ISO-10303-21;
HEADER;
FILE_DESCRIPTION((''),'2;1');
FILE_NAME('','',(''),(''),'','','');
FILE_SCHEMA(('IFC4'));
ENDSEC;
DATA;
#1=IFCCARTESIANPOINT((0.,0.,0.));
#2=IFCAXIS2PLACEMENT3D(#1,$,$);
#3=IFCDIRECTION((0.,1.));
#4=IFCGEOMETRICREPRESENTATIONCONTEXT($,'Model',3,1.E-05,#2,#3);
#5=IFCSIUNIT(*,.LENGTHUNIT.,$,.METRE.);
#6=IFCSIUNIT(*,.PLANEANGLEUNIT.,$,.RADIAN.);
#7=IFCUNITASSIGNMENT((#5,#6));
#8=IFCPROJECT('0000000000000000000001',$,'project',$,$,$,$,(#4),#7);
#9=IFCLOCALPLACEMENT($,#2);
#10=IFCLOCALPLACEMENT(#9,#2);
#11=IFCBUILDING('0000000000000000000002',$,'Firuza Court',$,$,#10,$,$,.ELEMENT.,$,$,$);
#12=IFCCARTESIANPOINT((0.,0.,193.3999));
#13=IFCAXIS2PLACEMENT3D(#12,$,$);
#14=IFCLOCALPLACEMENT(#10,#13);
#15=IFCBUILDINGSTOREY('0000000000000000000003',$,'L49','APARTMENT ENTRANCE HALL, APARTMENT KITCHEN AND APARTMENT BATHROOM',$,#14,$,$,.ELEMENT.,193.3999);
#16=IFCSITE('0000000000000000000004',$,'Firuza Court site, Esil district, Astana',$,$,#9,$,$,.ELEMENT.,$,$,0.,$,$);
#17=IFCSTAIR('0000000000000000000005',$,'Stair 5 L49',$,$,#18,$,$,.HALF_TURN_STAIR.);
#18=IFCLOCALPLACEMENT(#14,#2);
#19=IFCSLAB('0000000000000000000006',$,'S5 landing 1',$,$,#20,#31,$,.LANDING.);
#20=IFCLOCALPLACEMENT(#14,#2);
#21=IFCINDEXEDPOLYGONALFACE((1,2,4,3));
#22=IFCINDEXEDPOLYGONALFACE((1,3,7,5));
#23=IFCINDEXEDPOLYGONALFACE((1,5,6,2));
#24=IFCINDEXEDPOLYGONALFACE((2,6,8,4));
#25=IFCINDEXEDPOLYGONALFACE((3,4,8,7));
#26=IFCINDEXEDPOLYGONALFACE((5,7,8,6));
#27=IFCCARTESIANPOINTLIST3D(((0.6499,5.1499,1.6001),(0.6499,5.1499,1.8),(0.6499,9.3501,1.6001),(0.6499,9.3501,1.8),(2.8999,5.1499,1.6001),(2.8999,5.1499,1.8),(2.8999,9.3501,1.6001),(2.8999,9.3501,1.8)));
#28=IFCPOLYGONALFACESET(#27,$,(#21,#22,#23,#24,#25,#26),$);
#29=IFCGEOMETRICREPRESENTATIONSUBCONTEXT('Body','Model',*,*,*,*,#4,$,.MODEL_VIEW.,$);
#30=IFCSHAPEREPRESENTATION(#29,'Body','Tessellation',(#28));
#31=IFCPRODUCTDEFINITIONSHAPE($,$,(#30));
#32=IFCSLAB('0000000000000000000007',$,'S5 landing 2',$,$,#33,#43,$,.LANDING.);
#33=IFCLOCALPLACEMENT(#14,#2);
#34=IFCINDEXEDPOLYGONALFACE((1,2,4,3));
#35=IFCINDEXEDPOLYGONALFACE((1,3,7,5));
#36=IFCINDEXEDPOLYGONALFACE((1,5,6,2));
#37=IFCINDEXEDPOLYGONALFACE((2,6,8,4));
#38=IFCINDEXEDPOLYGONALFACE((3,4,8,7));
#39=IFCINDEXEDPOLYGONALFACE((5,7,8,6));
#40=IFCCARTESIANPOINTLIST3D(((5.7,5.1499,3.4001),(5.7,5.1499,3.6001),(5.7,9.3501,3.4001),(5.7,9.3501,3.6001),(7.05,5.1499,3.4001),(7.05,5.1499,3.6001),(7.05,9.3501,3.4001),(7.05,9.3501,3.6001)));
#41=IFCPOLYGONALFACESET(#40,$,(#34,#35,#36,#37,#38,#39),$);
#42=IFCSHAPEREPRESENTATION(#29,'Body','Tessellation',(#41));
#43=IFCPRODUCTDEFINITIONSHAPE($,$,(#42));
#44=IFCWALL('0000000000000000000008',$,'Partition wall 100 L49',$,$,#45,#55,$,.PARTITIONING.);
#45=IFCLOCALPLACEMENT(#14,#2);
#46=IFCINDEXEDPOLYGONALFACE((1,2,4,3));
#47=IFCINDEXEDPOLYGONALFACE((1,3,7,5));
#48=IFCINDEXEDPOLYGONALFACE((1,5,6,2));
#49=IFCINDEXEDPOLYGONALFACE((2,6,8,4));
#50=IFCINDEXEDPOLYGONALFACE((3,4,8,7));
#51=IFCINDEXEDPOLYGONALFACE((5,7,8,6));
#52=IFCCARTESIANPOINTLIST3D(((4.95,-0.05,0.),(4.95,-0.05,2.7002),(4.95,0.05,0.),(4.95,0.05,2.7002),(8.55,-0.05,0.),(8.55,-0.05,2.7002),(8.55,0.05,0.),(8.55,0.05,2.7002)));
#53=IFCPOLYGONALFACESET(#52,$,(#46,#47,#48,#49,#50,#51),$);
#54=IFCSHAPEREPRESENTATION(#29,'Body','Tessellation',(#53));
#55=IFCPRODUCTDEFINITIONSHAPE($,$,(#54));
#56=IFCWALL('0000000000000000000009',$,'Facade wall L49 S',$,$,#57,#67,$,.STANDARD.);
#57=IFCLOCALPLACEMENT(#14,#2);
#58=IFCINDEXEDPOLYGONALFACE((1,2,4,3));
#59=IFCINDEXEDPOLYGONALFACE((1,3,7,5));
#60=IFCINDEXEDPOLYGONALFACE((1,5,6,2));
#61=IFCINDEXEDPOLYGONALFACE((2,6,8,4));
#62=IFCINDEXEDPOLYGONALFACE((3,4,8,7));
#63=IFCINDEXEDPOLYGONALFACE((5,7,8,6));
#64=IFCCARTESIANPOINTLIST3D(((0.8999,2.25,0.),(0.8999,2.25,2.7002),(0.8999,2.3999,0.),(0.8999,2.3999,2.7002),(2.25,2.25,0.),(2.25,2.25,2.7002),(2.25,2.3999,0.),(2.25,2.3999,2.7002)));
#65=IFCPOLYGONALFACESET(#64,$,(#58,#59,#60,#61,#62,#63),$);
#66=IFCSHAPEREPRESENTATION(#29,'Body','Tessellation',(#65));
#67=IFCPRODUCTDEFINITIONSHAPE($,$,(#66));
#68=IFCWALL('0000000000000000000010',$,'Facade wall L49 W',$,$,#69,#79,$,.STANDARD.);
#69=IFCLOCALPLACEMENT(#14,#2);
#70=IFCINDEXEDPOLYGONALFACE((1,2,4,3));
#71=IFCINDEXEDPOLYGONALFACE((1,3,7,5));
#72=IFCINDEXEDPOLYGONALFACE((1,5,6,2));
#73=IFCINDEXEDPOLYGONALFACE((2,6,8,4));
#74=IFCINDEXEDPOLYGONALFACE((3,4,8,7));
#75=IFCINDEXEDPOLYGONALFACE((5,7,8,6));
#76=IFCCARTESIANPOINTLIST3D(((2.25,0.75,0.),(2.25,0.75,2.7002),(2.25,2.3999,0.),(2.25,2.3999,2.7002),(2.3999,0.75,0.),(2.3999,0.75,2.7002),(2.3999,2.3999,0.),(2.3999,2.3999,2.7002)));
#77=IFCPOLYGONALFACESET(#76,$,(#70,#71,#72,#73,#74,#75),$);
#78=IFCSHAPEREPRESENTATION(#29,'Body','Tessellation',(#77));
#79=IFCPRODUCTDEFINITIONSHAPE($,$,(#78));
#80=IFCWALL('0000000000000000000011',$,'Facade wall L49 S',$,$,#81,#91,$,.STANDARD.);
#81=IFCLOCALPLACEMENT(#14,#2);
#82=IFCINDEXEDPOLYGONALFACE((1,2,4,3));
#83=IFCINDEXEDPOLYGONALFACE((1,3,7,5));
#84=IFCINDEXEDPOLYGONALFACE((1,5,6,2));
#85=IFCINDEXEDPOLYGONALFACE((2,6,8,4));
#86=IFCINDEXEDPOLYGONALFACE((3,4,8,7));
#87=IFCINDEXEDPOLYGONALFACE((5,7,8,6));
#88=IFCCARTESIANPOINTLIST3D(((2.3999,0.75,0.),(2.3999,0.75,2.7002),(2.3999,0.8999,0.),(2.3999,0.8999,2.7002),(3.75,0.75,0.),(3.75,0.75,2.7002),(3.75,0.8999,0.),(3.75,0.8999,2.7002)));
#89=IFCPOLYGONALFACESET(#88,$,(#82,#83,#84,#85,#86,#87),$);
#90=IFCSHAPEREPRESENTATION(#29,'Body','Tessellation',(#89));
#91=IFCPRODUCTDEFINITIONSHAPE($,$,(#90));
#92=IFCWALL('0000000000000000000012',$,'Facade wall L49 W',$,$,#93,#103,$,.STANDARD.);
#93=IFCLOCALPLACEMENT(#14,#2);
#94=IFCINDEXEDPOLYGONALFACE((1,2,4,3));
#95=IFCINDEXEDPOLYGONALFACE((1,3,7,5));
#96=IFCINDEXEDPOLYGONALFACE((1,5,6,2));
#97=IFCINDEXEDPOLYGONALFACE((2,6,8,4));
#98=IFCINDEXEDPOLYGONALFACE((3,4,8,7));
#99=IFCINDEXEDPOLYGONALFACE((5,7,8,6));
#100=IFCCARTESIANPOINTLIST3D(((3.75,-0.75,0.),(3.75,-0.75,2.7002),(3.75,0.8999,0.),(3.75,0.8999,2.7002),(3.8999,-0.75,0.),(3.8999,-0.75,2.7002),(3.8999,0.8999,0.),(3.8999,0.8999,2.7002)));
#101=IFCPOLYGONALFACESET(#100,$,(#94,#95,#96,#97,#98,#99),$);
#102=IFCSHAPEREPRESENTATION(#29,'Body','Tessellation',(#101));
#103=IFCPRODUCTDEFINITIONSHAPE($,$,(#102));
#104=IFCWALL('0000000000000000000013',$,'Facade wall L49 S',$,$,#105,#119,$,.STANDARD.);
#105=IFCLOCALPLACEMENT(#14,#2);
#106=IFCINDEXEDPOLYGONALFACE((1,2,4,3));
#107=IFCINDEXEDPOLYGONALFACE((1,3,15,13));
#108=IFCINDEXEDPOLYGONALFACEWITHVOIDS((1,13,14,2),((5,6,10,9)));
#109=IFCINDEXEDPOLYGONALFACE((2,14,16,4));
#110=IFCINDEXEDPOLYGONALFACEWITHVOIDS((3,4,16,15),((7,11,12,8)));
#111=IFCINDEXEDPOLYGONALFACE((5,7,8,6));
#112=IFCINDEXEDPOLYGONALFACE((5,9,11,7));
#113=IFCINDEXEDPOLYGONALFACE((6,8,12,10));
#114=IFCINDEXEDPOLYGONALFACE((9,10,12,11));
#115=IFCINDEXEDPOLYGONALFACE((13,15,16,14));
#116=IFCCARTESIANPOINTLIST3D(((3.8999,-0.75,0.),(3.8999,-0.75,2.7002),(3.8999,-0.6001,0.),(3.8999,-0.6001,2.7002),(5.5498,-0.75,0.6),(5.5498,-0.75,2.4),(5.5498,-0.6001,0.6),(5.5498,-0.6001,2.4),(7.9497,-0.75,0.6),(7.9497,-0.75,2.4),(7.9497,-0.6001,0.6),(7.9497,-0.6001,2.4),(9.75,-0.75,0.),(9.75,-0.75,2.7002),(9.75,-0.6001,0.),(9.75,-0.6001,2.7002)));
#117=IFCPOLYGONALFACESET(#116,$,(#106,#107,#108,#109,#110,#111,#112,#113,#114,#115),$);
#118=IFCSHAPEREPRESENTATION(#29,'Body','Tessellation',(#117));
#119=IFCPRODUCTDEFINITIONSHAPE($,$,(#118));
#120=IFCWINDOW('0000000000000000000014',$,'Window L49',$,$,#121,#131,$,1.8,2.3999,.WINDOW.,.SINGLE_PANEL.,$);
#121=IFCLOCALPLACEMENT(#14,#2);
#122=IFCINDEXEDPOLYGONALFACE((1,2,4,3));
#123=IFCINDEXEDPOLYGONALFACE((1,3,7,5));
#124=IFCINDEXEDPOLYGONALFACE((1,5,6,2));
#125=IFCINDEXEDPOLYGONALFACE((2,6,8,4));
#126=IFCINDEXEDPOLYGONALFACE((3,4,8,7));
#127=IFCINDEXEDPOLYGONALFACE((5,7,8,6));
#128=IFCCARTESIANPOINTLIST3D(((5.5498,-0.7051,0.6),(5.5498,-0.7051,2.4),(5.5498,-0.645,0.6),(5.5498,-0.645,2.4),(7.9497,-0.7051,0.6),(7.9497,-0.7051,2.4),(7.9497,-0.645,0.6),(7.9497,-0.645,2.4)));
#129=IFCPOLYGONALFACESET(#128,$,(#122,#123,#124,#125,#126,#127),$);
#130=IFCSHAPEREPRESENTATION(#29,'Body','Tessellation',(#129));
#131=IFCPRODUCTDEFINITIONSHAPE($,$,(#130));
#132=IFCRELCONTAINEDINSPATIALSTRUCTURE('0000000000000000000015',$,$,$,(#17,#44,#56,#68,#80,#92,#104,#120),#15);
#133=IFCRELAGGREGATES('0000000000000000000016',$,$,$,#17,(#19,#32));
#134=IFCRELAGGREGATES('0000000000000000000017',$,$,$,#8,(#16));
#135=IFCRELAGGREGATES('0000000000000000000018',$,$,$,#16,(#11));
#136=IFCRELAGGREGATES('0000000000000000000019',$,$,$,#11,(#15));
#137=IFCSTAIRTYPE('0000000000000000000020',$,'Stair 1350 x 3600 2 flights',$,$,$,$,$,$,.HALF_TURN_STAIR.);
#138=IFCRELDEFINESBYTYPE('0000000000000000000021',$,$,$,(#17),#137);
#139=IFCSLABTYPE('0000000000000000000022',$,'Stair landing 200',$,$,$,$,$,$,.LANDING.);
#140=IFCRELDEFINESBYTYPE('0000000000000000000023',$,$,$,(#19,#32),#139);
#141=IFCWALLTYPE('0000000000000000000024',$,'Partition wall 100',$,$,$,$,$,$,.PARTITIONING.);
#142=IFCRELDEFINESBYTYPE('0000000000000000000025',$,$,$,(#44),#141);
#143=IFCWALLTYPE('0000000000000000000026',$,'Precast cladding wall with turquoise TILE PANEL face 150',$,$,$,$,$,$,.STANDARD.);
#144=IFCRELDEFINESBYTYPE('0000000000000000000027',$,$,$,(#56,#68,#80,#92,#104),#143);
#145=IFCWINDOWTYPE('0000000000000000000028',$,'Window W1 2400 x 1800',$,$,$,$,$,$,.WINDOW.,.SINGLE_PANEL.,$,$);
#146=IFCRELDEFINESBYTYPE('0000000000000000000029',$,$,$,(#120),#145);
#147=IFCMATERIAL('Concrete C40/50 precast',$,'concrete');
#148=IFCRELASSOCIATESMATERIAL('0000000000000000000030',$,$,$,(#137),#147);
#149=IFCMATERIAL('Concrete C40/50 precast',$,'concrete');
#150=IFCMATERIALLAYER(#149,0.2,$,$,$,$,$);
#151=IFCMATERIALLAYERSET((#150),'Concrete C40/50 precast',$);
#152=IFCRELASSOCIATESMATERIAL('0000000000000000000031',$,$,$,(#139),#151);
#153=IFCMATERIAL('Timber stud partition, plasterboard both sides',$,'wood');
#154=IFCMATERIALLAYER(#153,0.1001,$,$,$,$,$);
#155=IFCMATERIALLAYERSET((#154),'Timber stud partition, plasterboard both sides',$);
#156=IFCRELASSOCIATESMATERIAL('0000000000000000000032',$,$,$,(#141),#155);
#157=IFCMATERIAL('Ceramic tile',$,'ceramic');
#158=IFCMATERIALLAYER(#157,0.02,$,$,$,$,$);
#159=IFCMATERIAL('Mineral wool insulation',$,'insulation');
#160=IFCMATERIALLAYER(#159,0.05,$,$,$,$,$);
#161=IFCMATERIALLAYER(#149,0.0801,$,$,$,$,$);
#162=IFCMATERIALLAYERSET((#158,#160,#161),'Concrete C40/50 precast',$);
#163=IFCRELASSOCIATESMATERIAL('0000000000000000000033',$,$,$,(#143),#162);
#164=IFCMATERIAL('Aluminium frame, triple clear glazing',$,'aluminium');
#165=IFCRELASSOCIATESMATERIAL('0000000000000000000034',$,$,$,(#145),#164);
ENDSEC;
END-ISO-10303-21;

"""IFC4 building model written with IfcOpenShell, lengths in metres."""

from ifc_helpers import new_model, si_unit, direction, frame, frame_2d, origin, place, context, subcontext, project, spatial, polyline, rectangle, outline, extrude, material, layer, layer_set, type_object, element, fill, aggregate, save


model = new_model("IFC4")

# Units and contexts
model_context = context("Model", 3, precision=1e-05, world=origin(), true_north=direction((0.0, 1.0)))
body_context = subcontext(model_context, "Body", "Model", "MODEL_VIEW")
ifc_project = project(units=[si_unit("LENGTHUNIT", "METRE"), si_unit("PLANEANGLEUNIT", "RADIAN")], contexts=[model_context])

# Site, building, storey
site_placement = place(None, origin())
site = spatial("IfcSite", under=ifc_project, at=site_placement, Name="Firuza Court site, Esil district, Astana", CompositionType="ELEMENT", RefElevation=0.0)
building_placement = place(site_placement, origin())
building = spatial("IfcBuilding", under=site, at=building_placement, Name="Firuza Court", CompositionType="ELEMENT")
storey_placement = place(building_placement, frame((0.0, 0.0, 193.3999)))
storey = spatial("IfcBuildingStorey", under=building, at=storey_placement, Name="L49", Description="APARTMENT ENTRANCE HALL, APARTMENT KITCHEN AND APARTMENT BATHROOM", CompositionType="ELEMENT", Elevation=193.3999)

# Stair, slabs
ifc_material_1 = material(Name="Concrete C40/50 precast", Category="concrete")
stair_type = type_object("IfcStairType", Name="Stair 1350 x 3600 2 flights", PredefinedType="HALF_TURN_STAIR", material=ifc_material_1)
ifc_material_2 = material(Name="Concrete C40/50 precast", Category="concrete")
ifc_layer_1 = layer(ifc_material_2, 0.2)
ifc_layer_set_1 = layer_set([ifc_layer_1], Name="Concrete C40/50 precast")
slab_type_1 = type_object("IfcSlabType", Name="Stair landing 200", PredefinedType="LANDING", material=ifc_layer_set_1)
stair_1_placement = place(storey_placement, origin())
stair_1 = element("IfcStair", 1, at=stair_1_placement, inside=storey, type_object=stair_type, Name="Stair 5 L49", PredefinedType="HALF_TURN_STAIR")
slab_1_placement = place(storey_placement, frame((0.0, 0.0, 1.6001)))
slab_1 = element("IfcSlab", 2, at=slab_1_placement, type_object=slab_type_1, Name="S5 landing 1", PredefinedType="LANDING", context=body_context, shape_type="SweptSolid", body=[
    extrude(outline(polyline([(2.8999, 5.1499), (2.8999, 9.3501), (0.6499, 9.3501), (0.6499, 5.1499), (2.8999, 5.1499)])), origin(), (0.0, 0.0, 1.0), 0.2),
])
slab_2_placement = place(storey_placement, frame((0.0, 0.0, 3.4001)))
slab_2 = element("IfcSlab", 3, at=slab_2_placement, type_object=slab_type_1, Name="S5 landing 2", PredefinedType="LANDING", context=body_context, shape_type="SweptSolid", body=[
    extrude(outline(polyline([(7.05, 5.1499), (7.05, 9.3501), (5.7, 9.3501), (5.7, 5.1499), (7.05, 5.1499)])), origin(), (0.0, 0.0, 1.0), 0.2),
])
aggregate(stair_1, [slab_1, slab_2])

# Walls
ifc_material_3 = material(Name="Timber stud partition, plasterboard both sides", Category="wood")
ifc_layer_2 = layer(ifc_material_3, 0.1001)
ifc_layer_set_2 = layer_set([ifc_layer_2], Name="Timber stud partition, plasterboard both sides")
wall_type_1 = type_object("IfcWallType", Name="Partition wall 100", PredefinedType="PARTITIONING", material=ifc_layer_set_2)
wall_1_placement = place(storey_placement, frame((4.95, 0.0, 0.0), z_axis=(0.0, 0.0, 1.0), x_axis=(1.0, 0.0, 0.0)))
element("IfcWall", 4, at=wall_1_placement, inside=storey, type_object=wall_type_1, Name="Partition wall 100 L49", PredefinedType="PARTITIONING", context=body_context, shape_type="SweptSolid", body=[
    extrude(rectangle(XDim=3.6001, YDim=0.1001, at=frame_2d((1.8, 0.0))), origin(), (0.0, 0.0, 1.0), 2.7002),
])
ifc_material_4 = material(Name="Ceramic tile", Category="ceramic")
ifc_layer_3 = layer(ifc_material_4, 0.02)
ifc_material_5 = material(Name="Mineral wool insulation", Category="insulation")
ifc_layer_4 = layer(ifc_material_5, 0.05)
ifc_layer_5 = layer(ifc_material_2, 0.0801)
ifc_layer_set_3 = layer_set([ifc_layer_3, ifc_layer_4, ifc_layer_5], Name="Concrete C40/50 precast")
wall_type_2 = type_object("IfcWallType", Name="Precast cladding wall with turquoise TILE PANEL face 150", PredefinedType="STANDARD", material=ifc_layer_set_3)
wall_2_placement = place(storey_placement, frame((0.8999, 2.325, 0.0), z_axis=(0.0, 0.0, 1.0), x_axis=(1.0, 0.0, 0.0)))
element("IfcWall", 5, at=wall_2_placement, inside=storey, type_object=wall_type_2, Name="Facade wall L49 S", PredefinedType="STANDARD", context=body_context, shape_type="SweptSolid", body=[
    extrude(rectangle(XDim=1.3501, YDim=0.1499, at=frame_2d((0.675, 0.0))), origin(), (0.0, 0.0, 1.0), 2.7002),
])
wall_3_placement = place(storey_placement, frame((2.325, 2.3999, 0.0), z_axis=(0.0, 0.0, 1.0), x_axis=(0.0, -1.0, 0.0)))
element("IfcWall", 6, at=wall_3_placement, inside=storey, type_object=wall_type_2, Name="Facade wall L49 W", PredefinedType="STANDARD", context=body_context, shape_type="SweptSolid", body=[
    extrude(rectangle(XDim=1.6499, YDim=0.1499, at=frame_2d((0.825, 0.0))), origin(), (0.0, 0.0, 1.0), 2.7002),
])
wall_4_placement = place(storey_placement, frame((2.3999, 0.825, 0.0), z_axis=(0.0, 0.0, 1.0), x_axis=(1.0, 0.0, 0.0)))
element("IfcWall", 7, at=wall_4_placement, inside=storey, type_object=wall_type_2, Name="Facade wall L49 S", PredefinedType="STANDARD", context=body_context, shape_type="SweptSolid", body=[
    extrude(rectangle(XDim=1.3501, YDim=0.1499, at=frame_2d((0.675, 0.0))), origin(), (0.0, 0.0, 1.0), 2.7002),
])
wall_5_placement = place(storey_placement, frame((3.825, 0.8999, 0.0), z_axis=(0.0, 0.0, 1.0), x_axis=(0.0, -1.0, 0.0)))
element("IfcWall", 8, at=wall_5_placement, inside=storey, type_object=wall_type_2, Name="Facade wall L49 W", PredefinedType="STANDARD", context=body_context, shape_type="SweptSolid", body=[
    extrude(rectangle(XDim=1.6499, YDim=0.1499, at=frame_2d((0.825, 0.0))), origin(), (0.0, 0.0, 1.0), 2.7002),
])

# Wall, opening, window
wall_6_placement = place(storey_placement, frame((3.8999, -0.675, 0.0), z_axis=(0.0, 0.0, 1.0), x_axis=(1.0, 0.0, 0.0)))
wall_6 = element("IfcWall", 9, at=wall_6_placement, inside=storey, type_object=wall_type_2, Name="Facade wall L49 S", PredefinedType="STANDARD", context=body_context, shape_type="SweptSolid", body=[
    extrude(rectangle(XDim=5.8501, YDim=0.1499, at=frame_2d((2.925, 0.0))), origin(), (0.0, 0.0, 1.0), 2.7002),
])
opening_placement = place(wall_6_placement, frame((1.6499, 0.0, 0.6001)))
opening = element("IfcOpeningElement", 10, at=opening_placement, cuts=wall_6, PredefinedType="OPENING", context=body_context, shape_type="SweptSolid", body=[
    extrude(rectangle(XDim=2.3999, YDim=1.8, at=frame_2d((1.2, 0.8999))), frame((0.0, 0.0869, 0.0), z_axis=(0.0, -1.0, 0.0), x_axis=(1.0, 0.0, 0.0)), (0.0, 0.0, 1.0), 0.1738),
])
ifc_material_6 = material(Name="Aluminium frame, triple clear glazing", Category="aluminium")
window_type = type_object("IfcWindowType", Name="Window W1 2400 x 1800", PartitioningType="SINGLE_PANEL", PredefinedType="WINDOW", material=ifc_material_6)
window_placement = place(opening_placement, origin())
window = element("IfcWindow", 11, at=window_placement, inside=storey, type_object=window_type, Name="Window L49", OverallHeight=1.8, OverallWidth=2.3999, PartitioningType="SINGLE_PANEL", PredefinedType="WINDOW", context=body_context, shape_type="SweptSolid", body=[
    extrude(rectangle(XDim=2.3999, YDim=1.8, at=frame_2d((1.2, 0.8999))), frame((0.0, 0.03, 0.0), z_axis=(0.0, -1.0, 0.0), x_axis=(1.0, 0.0, 0.0)), (0.0, 0.0, 1.0), 0.0601),
])
fill(opening, window)

save(model, "model.ifc")
